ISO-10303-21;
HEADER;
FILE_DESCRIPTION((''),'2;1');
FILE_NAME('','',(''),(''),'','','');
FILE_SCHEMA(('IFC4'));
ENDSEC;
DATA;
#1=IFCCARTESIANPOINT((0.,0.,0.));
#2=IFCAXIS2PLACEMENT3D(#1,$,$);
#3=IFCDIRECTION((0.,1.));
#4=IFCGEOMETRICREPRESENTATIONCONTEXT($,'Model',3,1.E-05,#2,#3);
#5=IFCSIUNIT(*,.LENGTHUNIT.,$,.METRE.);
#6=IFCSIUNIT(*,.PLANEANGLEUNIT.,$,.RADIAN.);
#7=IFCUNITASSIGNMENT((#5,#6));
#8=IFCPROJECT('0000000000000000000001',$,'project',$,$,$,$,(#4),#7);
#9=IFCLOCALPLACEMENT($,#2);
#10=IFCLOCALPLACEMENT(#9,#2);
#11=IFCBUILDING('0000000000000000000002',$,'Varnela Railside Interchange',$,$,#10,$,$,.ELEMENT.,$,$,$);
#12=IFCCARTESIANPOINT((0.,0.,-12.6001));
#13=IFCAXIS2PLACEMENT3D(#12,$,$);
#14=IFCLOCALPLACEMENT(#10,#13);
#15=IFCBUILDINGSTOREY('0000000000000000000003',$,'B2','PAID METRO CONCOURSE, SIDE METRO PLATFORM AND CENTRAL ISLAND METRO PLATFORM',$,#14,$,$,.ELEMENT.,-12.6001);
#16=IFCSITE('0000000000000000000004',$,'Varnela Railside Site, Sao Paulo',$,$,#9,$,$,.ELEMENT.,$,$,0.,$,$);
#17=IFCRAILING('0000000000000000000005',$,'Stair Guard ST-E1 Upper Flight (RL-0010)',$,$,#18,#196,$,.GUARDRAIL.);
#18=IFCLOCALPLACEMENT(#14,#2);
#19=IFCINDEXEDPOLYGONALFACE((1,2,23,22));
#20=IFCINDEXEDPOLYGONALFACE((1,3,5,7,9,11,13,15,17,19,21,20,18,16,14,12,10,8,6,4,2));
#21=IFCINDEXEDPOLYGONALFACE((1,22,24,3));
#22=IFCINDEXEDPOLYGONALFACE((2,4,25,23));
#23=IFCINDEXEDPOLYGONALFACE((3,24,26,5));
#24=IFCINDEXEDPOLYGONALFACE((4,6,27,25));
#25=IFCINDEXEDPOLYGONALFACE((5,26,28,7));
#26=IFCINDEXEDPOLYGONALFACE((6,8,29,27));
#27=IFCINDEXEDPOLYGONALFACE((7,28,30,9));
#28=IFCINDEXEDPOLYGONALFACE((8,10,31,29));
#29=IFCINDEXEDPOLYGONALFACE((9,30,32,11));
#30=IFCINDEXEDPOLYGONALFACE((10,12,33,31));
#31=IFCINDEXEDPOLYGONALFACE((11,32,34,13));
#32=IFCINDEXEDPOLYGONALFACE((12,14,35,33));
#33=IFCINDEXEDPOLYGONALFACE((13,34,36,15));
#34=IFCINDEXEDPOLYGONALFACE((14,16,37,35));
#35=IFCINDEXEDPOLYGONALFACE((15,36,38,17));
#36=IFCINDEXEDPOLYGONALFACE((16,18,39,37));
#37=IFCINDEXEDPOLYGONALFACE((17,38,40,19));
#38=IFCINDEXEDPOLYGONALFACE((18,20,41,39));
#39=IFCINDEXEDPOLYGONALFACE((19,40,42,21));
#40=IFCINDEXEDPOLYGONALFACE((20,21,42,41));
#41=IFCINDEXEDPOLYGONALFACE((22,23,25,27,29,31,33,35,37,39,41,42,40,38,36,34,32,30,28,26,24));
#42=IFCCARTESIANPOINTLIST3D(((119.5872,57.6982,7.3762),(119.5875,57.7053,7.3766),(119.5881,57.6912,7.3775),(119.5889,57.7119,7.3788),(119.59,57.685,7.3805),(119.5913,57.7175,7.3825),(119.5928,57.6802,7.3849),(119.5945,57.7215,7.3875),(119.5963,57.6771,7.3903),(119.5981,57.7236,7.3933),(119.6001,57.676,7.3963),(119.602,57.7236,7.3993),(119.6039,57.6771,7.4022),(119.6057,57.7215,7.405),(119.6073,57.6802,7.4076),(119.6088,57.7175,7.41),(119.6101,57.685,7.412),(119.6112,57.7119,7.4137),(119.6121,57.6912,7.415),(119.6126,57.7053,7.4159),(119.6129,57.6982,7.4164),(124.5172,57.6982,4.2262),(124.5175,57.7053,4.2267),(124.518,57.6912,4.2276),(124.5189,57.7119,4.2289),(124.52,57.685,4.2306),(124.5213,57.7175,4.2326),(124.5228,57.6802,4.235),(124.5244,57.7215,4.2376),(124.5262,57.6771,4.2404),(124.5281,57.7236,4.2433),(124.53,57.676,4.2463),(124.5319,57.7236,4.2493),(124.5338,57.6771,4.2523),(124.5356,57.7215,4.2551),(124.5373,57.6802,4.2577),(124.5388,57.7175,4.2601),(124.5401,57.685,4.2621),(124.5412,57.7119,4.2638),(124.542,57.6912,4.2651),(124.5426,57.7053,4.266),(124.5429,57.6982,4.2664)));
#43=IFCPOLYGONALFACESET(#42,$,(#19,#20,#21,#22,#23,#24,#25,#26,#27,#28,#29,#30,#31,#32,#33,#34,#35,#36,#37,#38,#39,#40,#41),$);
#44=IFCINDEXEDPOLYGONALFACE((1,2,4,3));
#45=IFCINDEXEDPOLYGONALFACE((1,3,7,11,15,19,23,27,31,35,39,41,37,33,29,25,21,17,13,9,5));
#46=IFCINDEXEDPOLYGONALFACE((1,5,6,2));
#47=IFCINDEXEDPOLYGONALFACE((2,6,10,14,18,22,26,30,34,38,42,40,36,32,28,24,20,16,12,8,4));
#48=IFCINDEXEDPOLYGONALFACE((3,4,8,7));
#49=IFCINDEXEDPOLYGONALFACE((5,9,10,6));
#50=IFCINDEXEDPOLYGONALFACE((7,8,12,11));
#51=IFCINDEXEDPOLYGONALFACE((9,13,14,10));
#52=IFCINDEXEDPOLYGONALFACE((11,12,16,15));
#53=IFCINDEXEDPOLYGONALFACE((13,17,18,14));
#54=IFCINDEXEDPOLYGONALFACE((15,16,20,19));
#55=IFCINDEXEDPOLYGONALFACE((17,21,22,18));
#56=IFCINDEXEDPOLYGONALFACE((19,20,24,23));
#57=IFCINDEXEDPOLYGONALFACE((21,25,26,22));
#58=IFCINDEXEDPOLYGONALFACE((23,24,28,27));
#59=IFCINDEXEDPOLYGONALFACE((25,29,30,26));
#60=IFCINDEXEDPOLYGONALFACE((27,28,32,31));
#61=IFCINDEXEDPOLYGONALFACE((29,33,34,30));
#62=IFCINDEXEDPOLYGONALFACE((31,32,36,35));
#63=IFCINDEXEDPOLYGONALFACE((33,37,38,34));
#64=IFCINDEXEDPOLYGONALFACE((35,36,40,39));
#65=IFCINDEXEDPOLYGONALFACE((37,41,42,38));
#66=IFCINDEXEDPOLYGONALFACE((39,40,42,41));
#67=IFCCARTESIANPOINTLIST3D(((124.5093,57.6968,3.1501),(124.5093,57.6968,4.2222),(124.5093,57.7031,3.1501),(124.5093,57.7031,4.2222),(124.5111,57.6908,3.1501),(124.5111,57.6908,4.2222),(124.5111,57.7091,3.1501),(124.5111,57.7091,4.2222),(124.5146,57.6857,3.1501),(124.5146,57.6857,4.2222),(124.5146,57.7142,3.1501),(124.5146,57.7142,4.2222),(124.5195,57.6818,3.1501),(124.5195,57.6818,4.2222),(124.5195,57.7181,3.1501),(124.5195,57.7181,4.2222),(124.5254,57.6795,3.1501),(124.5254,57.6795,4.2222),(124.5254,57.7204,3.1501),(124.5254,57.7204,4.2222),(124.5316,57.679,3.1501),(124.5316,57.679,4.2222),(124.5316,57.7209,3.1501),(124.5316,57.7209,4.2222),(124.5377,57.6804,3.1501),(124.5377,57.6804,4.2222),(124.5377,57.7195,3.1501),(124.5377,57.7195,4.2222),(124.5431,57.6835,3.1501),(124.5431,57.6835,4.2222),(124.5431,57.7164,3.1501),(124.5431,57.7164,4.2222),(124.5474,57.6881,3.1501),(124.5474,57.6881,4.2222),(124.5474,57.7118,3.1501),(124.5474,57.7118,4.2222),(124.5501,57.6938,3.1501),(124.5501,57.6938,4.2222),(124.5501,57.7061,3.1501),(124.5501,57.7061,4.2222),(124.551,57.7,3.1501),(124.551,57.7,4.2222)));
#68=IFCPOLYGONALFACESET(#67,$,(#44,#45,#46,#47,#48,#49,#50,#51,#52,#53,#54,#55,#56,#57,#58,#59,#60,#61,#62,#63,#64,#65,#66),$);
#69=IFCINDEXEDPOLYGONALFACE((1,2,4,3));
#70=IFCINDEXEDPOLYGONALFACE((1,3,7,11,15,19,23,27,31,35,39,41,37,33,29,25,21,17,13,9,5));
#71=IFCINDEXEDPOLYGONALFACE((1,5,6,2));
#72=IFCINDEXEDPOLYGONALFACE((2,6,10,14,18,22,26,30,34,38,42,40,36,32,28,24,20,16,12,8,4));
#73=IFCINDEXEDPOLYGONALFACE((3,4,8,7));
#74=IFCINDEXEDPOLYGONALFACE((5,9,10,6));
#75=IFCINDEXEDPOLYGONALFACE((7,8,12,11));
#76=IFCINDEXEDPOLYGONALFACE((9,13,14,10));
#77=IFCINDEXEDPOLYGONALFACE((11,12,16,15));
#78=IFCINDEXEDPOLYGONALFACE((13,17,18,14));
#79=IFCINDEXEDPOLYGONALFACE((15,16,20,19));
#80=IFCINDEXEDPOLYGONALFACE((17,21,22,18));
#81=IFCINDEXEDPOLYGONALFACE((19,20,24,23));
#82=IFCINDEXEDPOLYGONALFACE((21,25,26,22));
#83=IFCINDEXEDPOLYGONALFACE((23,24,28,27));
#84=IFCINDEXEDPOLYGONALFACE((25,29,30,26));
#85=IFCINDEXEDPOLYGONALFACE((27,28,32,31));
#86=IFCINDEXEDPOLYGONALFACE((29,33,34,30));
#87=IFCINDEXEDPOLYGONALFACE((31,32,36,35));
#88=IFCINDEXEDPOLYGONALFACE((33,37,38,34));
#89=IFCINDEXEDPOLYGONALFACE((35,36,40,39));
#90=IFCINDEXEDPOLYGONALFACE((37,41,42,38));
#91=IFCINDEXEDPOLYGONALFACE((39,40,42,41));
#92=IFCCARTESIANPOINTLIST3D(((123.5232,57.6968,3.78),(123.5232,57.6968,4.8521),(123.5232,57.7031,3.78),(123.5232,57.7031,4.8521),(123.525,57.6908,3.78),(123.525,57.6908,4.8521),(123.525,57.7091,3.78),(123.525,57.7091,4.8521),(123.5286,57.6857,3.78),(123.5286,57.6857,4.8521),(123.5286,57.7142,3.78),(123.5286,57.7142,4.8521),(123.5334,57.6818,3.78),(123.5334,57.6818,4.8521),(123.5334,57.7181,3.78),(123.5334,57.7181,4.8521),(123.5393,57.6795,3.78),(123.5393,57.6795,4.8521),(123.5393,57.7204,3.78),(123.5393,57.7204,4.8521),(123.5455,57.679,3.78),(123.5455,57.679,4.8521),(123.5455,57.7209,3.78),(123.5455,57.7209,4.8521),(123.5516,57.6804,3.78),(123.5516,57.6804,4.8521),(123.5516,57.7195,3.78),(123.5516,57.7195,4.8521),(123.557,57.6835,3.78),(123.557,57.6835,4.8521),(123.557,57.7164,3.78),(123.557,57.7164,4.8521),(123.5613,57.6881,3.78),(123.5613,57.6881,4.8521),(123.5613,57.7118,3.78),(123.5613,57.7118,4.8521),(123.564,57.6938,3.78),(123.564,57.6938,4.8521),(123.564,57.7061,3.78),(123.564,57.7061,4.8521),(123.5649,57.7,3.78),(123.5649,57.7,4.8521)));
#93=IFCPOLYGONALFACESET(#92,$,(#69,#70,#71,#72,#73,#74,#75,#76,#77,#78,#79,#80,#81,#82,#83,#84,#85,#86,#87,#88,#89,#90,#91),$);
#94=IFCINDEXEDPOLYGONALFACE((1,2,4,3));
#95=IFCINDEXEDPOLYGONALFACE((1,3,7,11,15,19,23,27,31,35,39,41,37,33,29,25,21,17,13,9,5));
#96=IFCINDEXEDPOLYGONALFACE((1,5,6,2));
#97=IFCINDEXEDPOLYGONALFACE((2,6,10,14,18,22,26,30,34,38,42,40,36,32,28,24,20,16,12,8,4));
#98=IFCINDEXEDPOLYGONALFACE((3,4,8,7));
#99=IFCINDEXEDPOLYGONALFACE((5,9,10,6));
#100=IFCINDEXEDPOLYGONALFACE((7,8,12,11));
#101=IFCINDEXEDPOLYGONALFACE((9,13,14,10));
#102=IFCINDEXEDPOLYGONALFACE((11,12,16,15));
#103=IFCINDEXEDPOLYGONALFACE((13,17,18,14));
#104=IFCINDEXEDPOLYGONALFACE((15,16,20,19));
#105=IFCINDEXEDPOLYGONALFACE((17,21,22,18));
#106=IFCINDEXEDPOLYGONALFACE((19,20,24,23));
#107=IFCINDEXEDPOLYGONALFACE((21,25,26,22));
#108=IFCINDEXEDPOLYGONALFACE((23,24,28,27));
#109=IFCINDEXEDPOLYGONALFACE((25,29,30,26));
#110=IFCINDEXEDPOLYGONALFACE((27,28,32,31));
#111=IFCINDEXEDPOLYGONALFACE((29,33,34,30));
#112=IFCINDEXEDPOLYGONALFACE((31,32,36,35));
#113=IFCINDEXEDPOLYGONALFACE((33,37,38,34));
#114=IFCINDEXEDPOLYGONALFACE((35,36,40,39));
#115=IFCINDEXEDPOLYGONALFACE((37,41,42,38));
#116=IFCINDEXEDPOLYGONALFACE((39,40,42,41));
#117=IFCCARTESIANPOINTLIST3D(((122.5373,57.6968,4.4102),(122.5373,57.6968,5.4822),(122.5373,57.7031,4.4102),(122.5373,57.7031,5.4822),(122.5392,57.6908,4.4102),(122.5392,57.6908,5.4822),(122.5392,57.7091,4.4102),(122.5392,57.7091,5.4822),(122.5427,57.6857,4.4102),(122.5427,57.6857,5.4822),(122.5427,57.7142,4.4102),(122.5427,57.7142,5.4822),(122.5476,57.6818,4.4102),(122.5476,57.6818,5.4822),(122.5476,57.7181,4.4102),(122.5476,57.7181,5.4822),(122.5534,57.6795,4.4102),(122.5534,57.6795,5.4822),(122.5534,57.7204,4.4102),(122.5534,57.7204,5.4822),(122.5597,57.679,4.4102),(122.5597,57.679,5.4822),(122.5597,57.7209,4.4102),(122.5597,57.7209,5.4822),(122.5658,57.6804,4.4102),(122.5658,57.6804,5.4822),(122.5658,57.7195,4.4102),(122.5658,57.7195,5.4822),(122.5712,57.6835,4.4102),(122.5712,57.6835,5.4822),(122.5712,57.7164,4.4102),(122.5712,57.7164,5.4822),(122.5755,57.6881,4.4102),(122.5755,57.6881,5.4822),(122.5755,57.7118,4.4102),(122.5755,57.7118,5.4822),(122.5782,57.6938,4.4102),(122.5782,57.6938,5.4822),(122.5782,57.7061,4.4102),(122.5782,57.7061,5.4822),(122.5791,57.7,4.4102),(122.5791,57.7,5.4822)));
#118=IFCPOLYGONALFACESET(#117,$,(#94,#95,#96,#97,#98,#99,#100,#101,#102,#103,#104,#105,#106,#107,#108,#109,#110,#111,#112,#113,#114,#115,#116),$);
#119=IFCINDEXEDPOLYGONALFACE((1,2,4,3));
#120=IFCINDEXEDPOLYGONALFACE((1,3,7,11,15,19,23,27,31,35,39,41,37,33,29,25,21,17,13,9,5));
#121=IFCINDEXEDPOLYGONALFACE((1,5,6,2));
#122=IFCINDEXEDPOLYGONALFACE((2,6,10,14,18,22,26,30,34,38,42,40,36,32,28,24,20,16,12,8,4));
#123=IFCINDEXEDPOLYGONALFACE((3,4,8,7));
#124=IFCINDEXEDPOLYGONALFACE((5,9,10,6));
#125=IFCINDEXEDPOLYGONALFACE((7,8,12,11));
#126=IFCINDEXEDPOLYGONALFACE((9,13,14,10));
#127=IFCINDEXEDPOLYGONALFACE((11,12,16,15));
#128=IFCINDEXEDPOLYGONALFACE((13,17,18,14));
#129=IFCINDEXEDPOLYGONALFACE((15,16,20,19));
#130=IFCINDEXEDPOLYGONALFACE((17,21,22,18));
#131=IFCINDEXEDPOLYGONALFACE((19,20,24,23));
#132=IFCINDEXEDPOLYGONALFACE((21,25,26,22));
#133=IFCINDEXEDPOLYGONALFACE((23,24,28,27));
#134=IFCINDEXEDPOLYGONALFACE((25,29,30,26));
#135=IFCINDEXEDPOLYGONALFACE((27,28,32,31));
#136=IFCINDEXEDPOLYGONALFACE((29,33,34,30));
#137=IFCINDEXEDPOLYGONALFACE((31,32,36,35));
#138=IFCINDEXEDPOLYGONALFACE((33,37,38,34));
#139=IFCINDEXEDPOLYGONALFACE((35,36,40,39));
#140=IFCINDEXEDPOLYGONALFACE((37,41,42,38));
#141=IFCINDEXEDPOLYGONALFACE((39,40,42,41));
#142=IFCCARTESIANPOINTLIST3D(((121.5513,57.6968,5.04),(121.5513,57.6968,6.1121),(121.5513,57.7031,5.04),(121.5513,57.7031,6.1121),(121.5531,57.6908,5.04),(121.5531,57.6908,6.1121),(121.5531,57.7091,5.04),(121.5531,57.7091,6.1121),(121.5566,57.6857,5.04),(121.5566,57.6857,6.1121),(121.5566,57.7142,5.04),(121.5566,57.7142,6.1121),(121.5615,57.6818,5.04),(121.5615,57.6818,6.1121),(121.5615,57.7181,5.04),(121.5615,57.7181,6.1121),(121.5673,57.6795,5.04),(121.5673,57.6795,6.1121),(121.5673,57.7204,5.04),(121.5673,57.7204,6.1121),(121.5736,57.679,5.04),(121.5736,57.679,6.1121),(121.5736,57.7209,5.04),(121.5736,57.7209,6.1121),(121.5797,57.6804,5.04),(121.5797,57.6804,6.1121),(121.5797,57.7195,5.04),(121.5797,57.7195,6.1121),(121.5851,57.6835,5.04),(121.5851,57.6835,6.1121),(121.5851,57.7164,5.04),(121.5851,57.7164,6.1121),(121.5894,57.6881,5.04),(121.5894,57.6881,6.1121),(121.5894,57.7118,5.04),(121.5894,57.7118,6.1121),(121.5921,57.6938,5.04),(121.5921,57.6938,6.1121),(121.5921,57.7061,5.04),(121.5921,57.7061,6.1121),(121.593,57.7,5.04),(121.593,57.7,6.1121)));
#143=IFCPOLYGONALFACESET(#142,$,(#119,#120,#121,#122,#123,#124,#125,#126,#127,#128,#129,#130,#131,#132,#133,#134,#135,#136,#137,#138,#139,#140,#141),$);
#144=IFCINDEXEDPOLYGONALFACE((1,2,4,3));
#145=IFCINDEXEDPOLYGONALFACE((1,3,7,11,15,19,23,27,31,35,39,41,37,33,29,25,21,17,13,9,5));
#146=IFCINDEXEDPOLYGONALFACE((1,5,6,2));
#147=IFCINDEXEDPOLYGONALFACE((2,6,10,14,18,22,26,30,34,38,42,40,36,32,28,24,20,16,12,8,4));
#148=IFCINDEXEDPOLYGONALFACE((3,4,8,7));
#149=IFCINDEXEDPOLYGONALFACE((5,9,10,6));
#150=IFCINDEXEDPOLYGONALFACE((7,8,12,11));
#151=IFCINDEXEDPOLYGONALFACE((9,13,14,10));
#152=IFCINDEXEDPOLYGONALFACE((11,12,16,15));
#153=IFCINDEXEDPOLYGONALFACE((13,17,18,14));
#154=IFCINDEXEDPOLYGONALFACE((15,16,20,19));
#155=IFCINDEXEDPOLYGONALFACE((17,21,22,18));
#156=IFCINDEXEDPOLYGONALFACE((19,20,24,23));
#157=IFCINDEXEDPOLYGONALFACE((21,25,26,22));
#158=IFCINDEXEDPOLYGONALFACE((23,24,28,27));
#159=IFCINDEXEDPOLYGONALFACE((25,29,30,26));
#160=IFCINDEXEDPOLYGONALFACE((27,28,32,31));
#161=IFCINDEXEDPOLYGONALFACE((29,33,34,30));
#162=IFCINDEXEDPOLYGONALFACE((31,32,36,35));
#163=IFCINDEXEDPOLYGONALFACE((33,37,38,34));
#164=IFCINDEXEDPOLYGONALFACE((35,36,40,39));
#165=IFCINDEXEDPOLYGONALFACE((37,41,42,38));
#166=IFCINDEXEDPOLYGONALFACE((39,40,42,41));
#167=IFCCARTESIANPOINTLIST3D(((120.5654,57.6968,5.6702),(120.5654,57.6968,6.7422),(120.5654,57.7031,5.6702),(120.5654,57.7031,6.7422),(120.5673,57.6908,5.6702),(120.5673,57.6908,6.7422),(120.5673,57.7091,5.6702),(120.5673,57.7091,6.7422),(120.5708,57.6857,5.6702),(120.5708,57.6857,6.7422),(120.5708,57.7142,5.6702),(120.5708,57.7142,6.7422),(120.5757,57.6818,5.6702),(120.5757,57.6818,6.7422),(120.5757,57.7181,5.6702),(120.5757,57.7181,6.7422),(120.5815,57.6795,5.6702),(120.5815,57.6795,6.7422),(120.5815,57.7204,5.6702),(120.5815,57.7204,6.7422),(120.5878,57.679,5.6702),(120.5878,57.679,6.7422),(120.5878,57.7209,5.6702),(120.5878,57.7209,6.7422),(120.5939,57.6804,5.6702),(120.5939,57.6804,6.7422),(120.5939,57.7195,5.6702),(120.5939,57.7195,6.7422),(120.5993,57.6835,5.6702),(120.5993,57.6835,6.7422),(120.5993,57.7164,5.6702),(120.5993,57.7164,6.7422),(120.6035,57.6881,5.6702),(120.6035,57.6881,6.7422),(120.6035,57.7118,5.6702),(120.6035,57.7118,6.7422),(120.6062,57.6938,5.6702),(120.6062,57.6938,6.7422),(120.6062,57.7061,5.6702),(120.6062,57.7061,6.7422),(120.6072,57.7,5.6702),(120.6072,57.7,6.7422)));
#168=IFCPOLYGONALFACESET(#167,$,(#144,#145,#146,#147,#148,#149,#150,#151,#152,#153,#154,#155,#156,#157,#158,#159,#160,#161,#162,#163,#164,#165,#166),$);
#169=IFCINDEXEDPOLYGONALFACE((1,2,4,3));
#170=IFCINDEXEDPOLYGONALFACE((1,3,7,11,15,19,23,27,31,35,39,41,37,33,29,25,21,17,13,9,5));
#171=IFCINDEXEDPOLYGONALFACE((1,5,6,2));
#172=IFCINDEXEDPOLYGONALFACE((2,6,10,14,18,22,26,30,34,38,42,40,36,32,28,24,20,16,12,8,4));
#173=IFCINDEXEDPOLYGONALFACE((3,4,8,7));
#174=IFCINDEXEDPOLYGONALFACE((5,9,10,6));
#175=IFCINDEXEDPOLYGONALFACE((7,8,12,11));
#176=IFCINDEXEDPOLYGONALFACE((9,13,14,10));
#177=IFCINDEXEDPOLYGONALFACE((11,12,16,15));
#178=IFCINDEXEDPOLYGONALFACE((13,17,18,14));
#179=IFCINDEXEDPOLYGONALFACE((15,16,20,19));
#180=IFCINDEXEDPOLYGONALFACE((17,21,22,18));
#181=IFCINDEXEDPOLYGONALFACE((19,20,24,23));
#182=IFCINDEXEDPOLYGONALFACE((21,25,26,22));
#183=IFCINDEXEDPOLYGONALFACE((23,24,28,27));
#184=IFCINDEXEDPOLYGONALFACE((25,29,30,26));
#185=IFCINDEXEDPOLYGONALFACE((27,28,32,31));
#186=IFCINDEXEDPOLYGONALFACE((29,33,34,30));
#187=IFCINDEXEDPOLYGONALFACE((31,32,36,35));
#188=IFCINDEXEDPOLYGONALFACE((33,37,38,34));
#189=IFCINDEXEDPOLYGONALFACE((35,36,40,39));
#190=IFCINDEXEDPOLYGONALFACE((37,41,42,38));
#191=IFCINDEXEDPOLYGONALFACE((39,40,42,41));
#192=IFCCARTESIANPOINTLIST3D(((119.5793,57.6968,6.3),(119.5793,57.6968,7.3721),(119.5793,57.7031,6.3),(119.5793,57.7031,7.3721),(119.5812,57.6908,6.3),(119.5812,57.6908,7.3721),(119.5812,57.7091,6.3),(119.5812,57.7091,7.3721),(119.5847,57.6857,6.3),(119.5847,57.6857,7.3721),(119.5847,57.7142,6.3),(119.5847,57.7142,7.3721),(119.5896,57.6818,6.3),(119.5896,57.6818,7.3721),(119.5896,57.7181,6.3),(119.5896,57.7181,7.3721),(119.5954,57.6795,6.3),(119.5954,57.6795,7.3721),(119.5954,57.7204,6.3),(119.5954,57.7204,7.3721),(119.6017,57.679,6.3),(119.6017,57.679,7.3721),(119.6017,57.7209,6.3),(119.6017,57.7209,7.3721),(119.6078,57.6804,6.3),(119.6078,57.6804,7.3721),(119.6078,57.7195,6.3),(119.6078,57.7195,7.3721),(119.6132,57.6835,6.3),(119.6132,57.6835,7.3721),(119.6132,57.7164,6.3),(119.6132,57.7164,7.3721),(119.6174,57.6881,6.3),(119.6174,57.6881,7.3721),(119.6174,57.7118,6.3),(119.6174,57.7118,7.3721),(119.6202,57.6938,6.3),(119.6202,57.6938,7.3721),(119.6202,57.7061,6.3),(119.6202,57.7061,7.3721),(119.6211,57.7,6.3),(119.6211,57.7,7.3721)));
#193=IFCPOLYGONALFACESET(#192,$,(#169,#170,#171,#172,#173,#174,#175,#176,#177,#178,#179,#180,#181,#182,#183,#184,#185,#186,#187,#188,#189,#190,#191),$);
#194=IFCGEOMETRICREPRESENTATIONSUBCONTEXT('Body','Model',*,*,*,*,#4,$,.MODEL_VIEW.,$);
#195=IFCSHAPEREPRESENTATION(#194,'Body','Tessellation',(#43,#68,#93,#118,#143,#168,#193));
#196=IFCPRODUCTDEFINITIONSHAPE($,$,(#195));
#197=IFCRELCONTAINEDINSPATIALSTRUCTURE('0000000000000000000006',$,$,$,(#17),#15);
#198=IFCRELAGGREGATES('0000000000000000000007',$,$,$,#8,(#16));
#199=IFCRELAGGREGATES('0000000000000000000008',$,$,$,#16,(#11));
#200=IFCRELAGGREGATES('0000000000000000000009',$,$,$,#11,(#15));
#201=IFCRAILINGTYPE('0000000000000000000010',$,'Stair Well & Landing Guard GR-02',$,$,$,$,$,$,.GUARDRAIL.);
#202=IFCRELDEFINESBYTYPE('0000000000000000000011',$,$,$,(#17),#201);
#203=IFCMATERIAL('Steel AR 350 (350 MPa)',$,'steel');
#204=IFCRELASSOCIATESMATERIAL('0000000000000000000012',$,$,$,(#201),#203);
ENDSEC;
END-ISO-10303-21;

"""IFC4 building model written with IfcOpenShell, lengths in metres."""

from ifc_helpers import new_model, si_unit, direction, frame, origin, origin_2d, place, context, subcontext, project, spatial, circle, extrude, material, type_object, element, save


model = new_model("IFC4")

# Units and contexts
model_context = context("Model", 3, precision=1e-05, world=origin(), true_north=direction((0.0, 1.0)))
body_context = subcontext(model_context, "Body", "Model", "MODEL_VIEW")
ifc_project = project(units=[si_unit("LENGTHUNIT", "METRE"), si_unit("PLANEANGLEUNIT", "RADIAN")], contexts=[model_context])

# Site, building, storey
site_placement = place(None, origin())
site = spatial("IfcSite", under=ifc_project, at=site_placement, Name="Varnela Railside Site, Sao Paulo", CompositionType="ELEMENT", RefElevation=0.0)
building_placement = place(site_placement, origin())
building = spatial("IfcBuilding", under=site, at=building_placement, Name="Varnela Railside Interchange", CompositionType="ELEMENT")
storey_placement = place(building_placement, frame((0.0, 0.0, -12.6001)))
storey = spatial("IfcBuildingStorey", under=building, at=storey_placement, Name="B2", Description="PAID METRO CONCOURSE, SIDE METRO PLATFORM AND CENTRAL ISLAND METRO PLATFORM", CompositionType="ELEMENT", Elevation=-12.6001)

# Railing
ifc_material_1 = material(Name="Steel AR 350 (350 MPa)", Category="steel")
railing_type_1 = type_object("IfcRailingType", Name="Stair Well & Landing Guard GR-02", PredefinedType="GUARDRAIL", material=ifc_material_1)
railing_1_placement = place(storey_placement, frame((124.53, 57.7, 3.1501)))
element("IfcRailing", 1, at=railing_1_placement, inside=storey, type_object=railing_type_1, Name="Stair Guard ST-E1 Upper Flight (RL-0010)", PredefinedType="GUARDRAIL", context=body_context, shape_type="SweptSolid", body=[
    extrude(circle(Radius=0.0239, at=origin_2d()), frame((0.0, 0.0, 1.0962), z_axis=(-0.842679, 0.0, 0.538416), x_axis=(0.0, -1.0, 0.0)), (0.0, 0.0, 1.0), 5.8503),
    extrude(circle(Radius=0.021, at=origin_2d()), origin(), (0.0, 0.0, 1.0), 1.072),
    extrude(circle(Radius=0.021, at=origin_2d()), frame((-0.9861, 0.0, 0.6299)), (0.0, 0.0, 1.0), 1.072),
    extrude(circle(Radius=0.021, at=origin_2d()), frame((-1.9719, 0.0, 1.26)), (0.0, 0.0, 1.0), 1.072),
    extrude(circle(Radius=0.021, at=origin_2d()), frame((-2.958, 0.0, 1.8899)), (0.0, 0.0, 1.0), 1.072),
    extrude(circle(Radius=0.021, at=origin_2d()), frame((-3.9438, 0.0, 2.52)), (0.0, 0.0, 1.0), 1.072),
    extrude(circle(Radius=0.021, at=origin_2d()), frame((-4.9299, 0.0, 3.1499)), (0.0, 0.0, 1.0), 1.072),
])

save(model, "model.ifc")
